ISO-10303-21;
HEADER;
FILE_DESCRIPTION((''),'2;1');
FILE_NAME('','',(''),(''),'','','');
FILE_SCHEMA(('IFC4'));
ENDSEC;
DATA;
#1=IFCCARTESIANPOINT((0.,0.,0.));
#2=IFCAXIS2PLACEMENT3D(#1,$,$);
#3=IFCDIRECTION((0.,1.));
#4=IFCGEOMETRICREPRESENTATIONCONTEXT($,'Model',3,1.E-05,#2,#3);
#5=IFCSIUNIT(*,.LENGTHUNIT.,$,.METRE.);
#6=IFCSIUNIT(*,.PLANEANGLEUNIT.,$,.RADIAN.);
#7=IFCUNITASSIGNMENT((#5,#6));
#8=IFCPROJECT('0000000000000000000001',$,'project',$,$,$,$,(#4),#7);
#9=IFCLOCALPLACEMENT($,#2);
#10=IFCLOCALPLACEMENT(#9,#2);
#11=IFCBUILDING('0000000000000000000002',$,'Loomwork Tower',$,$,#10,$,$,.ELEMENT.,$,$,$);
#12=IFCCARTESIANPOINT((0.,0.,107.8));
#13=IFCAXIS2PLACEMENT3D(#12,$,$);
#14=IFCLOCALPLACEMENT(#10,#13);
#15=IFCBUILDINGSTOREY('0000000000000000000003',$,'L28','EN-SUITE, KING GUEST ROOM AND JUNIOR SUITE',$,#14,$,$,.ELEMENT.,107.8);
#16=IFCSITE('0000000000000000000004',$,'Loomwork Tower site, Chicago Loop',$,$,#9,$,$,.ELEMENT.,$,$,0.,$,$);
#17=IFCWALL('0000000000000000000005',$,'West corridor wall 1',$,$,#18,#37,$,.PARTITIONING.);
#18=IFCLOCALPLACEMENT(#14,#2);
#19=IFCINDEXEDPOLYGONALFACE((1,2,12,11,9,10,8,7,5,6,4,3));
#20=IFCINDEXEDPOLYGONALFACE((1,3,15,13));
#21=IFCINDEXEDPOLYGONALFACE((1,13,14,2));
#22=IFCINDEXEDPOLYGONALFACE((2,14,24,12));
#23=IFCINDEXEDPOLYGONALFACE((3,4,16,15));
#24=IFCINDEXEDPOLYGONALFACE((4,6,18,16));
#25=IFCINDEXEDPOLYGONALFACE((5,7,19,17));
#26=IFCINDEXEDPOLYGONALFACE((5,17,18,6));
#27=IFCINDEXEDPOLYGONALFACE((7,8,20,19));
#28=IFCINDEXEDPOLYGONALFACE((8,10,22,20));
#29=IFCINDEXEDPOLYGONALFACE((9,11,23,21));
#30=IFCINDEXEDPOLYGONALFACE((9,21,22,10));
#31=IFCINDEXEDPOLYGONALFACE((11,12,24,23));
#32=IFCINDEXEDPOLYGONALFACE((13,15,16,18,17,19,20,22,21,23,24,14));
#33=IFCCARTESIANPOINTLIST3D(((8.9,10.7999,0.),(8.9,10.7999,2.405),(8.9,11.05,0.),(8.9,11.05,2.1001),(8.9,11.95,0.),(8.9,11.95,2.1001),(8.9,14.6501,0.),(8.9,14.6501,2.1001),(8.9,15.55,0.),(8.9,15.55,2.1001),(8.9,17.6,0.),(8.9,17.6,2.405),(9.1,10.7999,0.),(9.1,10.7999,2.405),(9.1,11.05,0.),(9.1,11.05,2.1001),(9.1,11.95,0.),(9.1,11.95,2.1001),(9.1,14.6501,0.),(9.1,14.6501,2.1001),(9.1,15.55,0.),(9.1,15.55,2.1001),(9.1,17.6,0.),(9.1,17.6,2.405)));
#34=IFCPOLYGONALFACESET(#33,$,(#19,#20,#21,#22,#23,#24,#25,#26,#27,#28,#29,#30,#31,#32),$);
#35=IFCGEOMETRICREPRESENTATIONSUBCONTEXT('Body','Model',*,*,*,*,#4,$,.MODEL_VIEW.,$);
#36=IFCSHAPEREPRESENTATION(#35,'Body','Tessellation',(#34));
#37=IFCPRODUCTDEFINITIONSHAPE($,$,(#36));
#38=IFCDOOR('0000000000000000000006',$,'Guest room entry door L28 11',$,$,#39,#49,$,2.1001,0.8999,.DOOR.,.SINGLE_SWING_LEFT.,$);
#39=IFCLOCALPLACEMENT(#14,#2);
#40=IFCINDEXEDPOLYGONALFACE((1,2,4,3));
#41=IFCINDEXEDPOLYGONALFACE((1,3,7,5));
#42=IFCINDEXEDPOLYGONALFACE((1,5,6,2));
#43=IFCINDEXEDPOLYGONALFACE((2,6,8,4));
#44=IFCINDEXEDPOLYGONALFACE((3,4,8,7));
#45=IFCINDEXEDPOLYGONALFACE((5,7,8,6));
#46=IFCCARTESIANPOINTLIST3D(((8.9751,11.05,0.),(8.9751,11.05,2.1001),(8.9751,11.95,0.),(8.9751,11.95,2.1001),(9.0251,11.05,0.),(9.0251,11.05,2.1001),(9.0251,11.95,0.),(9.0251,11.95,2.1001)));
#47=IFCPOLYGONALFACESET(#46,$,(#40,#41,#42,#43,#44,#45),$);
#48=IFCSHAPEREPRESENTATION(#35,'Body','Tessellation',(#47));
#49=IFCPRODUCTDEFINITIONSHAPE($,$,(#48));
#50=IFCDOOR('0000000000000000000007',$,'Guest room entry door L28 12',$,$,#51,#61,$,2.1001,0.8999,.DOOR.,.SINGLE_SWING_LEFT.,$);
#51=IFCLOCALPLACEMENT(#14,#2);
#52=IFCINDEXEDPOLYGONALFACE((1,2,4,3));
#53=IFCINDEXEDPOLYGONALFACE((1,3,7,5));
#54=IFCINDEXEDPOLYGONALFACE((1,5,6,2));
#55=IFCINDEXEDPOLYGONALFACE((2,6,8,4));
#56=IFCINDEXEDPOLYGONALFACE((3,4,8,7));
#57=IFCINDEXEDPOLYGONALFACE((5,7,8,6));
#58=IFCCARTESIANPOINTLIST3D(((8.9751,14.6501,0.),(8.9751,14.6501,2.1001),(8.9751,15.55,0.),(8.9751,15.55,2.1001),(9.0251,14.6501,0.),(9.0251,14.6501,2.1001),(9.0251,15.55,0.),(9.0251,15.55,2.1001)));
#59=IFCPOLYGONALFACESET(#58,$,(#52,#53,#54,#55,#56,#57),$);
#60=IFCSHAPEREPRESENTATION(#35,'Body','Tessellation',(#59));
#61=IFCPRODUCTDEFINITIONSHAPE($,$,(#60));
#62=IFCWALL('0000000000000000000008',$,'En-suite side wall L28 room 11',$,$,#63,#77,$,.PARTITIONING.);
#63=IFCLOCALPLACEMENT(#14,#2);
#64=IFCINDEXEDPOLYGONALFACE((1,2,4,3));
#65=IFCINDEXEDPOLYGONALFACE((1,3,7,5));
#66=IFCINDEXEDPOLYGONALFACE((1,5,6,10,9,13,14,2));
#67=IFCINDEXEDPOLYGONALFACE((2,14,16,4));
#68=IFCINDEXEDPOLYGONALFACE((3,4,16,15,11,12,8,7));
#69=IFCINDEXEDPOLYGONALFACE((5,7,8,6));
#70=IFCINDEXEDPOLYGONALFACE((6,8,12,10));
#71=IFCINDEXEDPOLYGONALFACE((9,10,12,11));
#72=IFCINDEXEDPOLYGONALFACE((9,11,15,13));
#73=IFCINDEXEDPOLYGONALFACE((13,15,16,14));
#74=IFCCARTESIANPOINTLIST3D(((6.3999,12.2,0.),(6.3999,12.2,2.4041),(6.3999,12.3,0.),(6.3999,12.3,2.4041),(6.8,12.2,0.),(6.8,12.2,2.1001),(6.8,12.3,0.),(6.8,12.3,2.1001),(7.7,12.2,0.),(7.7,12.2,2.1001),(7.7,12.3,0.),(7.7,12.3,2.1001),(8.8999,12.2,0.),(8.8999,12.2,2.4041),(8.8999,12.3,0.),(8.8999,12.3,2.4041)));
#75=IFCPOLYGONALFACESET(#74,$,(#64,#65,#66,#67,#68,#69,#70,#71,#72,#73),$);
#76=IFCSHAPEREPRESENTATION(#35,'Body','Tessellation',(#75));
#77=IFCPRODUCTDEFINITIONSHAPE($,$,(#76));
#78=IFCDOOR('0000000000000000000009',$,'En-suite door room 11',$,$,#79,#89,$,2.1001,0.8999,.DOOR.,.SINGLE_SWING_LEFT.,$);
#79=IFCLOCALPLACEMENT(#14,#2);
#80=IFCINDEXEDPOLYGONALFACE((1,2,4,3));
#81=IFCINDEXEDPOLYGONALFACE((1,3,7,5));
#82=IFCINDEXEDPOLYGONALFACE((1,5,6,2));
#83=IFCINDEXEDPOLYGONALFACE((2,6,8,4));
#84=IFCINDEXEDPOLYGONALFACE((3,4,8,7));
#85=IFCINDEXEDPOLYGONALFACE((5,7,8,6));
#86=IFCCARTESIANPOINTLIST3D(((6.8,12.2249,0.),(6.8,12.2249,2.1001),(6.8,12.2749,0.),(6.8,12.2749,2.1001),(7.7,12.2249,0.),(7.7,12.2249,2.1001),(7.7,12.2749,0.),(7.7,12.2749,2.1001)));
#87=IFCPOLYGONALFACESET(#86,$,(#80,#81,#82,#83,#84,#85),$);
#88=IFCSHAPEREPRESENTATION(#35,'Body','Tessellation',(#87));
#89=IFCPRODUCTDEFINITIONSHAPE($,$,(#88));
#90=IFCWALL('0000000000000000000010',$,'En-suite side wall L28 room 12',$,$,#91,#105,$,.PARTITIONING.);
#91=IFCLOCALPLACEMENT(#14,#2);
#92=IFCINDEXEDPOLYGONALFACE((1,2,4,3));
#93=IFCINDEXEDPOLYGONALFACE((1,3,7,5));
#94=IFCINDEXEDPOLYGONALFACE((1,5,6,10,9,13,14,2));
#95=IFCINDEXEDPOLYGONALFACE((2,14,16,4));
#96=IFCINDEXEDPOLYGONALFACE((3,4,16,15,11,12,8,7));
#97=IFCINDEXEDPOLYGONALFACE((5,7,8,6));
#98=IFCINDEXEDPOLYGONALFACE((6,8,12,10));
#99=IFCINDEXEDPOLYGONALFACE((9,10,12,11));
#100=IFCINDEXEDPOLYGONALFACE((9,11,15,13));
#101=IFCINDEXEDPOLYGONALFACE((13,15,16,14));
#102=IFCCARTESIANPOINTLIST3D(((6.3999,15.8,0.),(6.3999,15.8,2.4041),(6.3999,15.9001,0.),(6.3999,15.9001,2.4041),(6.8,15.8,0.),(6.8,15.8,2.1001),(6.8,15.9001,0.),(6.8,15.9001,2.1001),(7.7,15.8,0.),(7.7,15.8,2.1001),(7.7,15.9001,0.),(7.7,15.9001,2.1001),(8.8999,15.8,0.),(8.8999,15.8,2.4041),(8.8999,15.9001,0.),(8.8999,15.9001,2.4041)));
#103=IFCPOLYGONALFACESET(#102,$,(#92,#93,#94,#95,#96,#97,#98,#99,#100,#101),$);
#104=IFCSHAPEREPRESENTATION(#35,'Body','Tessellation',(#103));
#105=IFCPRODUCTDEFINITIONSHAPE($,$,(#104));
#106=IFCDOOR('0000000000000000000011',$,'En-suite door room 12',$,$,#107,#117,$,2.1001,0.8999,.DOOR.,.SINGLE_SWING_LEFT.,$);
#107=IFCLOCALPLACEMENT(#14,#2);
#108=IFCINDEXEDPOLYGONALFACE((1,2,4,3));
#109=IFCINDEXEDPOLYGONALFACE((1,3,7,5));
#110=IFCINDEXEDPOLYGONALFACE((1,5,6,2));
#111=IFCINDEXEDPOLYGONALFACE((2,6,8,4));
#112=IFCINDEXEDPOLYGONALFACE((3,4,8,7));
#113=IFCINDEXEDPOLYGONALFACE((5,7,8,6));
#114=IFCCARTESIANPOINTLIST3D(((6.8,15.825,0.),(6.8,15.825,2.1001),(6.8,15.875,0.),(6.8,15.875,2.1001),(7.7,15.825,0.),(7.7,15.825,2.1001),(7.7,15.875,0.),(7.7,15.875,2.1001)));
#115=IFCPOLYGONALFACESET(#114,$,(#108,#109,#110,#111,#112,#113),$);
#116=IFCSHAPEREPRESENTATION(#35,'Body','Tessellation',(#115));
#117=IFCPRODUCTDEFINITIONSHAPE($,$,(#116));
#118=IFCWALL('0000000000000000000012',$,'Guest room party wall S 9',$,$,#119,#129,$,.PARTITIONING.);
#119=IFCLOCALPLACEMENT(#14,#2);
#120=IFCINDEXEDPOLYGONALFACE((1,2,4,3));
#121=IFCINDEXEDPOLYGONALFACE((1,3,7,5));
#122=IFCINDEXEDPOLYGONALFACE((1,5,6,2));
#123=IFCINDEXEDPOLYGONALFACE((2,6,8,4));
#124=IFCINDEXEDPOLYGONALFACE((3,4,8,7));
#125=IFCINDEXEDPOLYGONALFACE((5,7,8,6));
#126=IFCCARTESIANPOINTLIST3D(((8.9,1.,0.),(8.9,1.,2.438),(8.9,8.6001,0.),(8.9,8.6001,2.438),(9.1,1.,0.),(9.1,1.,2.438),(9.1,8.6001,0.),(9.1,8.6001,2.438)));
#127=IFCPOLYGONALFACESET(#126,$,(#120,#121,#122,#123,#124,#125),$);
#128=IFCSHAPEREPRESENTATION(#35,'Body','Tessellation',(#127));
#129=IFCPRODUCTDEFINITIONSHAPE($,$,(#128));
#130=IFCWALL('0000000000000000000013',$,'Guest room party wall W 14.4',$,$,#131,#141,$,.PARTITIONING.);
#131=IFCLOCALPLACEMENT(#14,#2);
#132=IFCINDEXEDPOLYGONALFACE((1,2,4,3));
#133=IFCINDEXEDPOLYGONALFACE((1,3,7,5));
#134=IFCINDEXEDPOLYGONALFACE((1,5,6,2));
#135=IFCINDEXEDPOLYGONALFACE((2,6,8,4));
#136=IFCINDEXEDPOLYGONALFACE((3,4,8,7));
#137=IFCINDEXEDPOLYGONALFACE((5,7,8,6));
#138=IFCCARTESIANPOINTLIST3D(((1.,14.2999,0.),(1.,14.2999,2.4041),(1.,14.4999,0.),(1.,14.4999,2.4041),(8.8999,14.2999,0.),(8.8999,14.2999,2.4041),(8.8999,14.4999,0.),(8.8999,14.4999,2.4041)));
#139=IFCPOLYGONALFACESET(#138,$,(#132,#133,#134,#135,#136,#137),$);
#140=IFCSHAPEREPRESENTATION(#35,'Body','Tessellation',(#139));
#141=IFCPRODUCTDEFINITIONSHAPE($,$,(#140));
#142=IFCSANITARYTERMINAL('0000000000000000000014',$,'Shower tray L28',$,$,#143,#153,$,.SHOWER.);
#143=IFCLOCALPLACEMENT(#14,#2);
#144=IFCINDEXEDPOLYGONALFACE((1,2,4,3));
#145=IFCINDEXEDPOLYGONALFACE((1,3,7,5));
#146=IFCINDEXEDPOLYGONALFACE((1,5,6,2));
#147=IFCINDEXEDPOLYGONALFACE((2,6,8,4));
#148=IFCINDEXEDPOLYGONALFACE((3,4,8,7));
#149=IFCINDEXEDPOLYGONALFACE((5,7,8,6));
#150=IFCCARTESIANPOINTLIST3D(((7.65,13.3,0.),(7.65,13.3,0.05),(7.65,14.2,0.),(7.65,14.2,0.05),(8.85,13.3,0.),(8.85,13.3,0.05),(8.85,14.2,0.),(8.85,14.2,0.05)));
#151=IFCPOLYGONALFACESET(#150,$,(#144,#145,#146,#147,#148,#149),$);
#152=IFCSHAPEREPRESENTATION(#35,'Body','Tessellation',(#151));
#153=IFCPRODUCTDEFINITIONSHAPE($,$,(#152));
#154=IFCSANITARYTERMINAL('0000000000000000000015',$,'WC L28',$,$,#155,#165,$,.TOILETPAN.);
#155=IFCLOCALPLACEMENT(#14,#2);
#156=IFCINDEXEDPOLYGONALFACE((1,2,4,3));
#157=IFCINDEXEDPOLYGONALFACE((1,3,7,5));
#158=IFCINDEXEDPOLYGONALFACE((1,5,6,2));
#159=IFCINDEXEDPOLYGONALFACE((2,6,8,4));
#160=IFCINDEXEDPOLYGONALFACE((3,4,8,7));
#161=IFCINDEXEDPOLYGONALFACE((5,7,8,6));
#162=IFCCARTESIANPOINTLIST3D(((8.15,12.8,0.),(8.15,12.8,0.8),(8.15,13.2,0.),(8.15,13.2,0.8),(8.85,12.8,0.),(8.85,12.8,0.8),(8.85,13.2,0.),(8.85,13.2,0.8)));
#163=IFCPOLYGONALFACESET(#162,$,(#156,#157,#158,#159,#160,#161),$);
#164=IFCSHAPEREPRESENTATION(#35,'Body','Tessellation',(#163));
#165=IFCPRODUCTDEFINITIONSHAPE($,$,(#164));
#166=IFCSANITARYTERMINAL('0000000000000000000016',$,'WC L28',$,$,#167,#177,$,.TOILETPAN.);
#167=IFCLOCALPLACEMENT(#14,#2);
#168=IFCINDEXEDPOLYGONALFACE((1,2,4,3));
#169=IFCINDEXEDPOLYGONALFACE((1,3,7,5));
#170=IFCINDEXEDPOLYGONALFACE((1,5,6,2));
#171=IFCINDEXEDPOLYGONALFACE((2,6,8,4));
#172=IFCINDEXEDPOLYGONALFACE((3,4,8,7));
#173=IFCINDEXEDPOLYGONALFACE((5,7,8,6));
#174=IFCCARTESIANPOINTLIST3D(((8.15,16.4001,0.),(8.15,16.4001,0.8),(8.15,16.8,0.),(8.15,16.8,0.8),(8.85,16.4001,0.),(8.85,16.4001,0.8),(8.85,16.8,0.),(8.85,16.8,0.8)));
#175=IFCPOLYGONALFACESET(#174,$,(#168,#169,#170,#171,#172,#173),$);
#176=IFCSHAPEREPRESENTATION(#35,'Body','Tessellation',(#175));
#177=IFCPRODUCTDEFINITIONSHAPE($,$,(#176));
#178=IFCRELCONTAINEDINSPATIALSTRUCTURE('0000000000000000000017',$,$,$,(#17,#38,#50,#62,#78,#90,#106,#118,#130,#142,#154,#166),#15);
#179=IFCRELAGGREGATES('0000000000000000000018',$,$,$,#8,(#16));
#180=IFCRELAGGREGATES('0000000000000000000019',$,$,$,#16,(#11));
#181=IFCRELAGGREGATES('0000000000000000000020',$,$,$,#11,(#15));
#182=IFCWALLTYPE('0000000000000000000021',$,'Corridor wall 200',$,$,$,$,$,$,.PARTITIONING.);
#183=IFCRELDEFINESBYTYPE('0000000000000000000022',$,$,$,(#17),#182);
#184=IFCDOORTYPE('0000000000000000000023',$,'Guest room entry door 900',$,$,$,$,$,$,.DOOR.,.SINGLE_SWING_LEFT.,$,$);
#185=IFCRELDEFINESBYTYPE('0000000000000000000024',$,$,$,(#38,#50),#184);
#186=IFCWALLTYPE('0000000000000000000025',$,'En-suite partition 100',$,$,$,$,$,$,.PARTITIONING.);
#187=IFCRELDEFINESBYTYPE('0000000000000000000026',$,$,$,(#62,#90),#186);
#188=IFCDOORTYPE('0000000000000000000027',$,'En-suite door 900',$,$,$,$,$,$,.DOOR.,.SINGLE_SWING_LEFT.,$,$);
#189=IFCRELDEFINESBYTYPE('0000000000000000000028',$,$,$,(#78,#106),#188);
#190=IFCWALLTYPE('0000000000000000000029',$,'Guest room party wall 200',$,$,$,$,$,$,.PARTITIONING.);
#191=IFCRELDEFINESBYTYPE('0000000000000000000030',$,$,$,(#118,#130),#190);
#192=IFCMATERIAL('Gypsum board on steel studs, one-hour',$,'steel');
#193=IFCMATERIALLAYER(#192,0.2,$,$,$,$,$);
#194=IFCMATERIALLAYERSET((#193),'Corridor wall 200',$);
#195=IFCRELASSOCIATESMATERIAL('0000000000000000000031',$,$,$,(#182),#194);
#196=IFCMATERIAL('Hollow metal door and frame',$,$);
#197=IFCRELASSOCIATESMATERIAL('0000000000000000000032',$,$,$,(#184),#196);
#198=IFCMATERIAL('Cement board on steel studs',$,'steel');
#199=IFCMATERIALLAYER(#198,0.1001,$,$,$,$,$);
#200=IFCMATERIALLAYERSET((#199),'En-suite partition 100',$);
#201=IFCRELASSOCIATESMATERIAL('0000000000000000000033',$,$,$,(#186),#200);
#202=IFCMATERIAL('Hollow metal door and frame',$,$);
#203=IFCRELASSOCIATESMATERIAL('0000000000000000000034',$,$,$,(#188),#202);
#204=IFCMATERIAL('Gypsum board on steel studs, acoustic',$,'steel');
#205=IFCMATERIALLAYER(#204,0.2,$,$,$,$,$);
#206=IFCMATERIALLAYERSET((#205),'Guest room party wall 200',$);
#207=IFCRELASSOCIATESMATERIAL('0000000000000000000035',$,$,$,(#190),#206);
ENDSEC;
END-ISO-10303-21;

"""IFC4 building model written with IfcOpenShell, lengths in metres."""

from ifc_helpers import new_model, si_unit, direction, frame, frame_2d, origin, origin_2d, place, context, subcontext, project, spatial, rectangle, extrude, material, layer, layer_set, type_object, element, fill, save


model = new_model("IFC4")

# Units and contexts
model_context = context("Model", 3, precision=1e-05, world=origin(), true_north=direction((0.0, 1.0)))
body_context = subcontext(model_context, "Body", "Model", "MODEL_VIEW")
ifc_project = project(units=[si_unit("LENGTHUNIT", "METRE"), si_unit("PLANEANGLEUNIT", "RADIAN")], contexts=[model_context])

# Site, building, storey
site_placement = place(None, origin())
site = spatial("IfcSite", under=ifc_project, at=site_placement, Name="Loomwork Tower site, Chicago Loop", CompositionType="ELEMENT", RefElevation=0.0)
building_placement = place(site_placement, origin())
building = spatial("IfcBuilding", under=site, at=building_placement, Name="Loomwork Tower", CompositionType="ELEMENT")
storey_placement = place(building_placement, frame((0.0, 0.0, 107.8)))
storey = spatial("IfcBuildingStorey", under=building, at=storey_placement, Name="L28", Description="EN-SUITE, KING GUEST ROOM AND JUNIOR SUITE", CompositionType="ELEMENT", Elevation=107.8)

# Shared definitions
ifc_material_1 = material(Name="Gypsum board on steel studs, one-hour", Category="steel")
ifc_layer_1 = layer(ifc_material_1, 0.2)
ifc_layer_set_1 = layer_set([ifc_layer_1], Name="Corridor wall 200")
wall_type_1 = type_object("IfcWallType", Name="Corridor wall 200", PredefinedType="PARTITIONING", material=ifc_layer_set_1)
ifc_material_2 = material(Name="Hollow metal door and frame")
door_type_1 = type_object("IfcDoorType", Name="Guest room entry door 900", OperationType="SINGLE_SWING_LEFT", PredefinedType="DOOR", material=ifc_material_2)

# Wall, openings, doors
wall_1_placement = place(storey_placement, frame((9.0, 10.8, 0.0), z_axis=(0.0, 0.0, 1.0), x_axis=(0.0, 1.0, 0.0)))
wall_1 = element("IfcWall", 1, at=wall_1_placement, inside=storey, type_object=wall_type_1, Name="West corridor wall 1", PredefinedType="PARTITIONING", context=body_context, shape_type="SweptSolid", body=[
    extrude(rectangle(XDim=6.8, YDim=0.2, at=frame_2d((3.3999, 0.0))), origin(), (0.0, 0.0, 1.0), 2.405),
])
opening_1_placement = place(wall_1_placement, frame((0.25, 0.0, 0.0)))
opening_1 = element("IfcOpeningElement", 2, at=opening_1_placement, cuts=wall_1, PredefinedType="OPENING", context=body_context, shape_type="SweptSolid", body=[
    extrude(rectangle(XDim=0.8999, YDim=2.1001, at=frame_2d((0.45, 1.05))), frame((0.0, 0.1099, 0.0), z_axis=(0.0, -1.0, 0.0), x_axis=(1.0, 0.0, 0.0)), (0.0, 0.0, 1.0), 0.22),
])
opening_2_placement = place(wall_1_placement, frame((3.8501, 0.0, 0.0)))
opening_2 = element("IfcOpeningElement", 3, at=opening_2_placement, cuts=wall_1, PredefinedType="OPENING", context=body_context, shape_type="SweptSolid", body=[
    extrude(rectangle(XDim=0.8999, YDim=2.1001, at=frame_2d((0.45, 1.05))), frame((0.0, 0.1099, 0.0), z_axis=(0.0, -1.0, 0.0), x_axis=(1.0, 0.0, 0.0)), (0.0, 0.0, 1.0), 0.22),
])
door_1_placement = place(opening_1_placement, origin())
door_1 = element("IfcDoor", 4, at=door_1_placement, inside=storey, type_object=door_type_1, Name="Guest room entry door L28 11", OperationType="SINGLE_SWING_LEFT", OverallHeight=2.1001, OverallWidth=0.8999, PredefinedType="DOOR", context=body_context, shape_type="SweptSolid", body=[
    extrude(rectangle(XDim=0.8999, YDim=2.1001, at=frame_2d((0.45, 1.05))), frame((0.0, 0.0249, 0.0), z_axis=(0.0, -1.0, 0.0), x_axis=(1.0, 0.0, 0.0)), (0.0, 0.0, 1.0), 0.05),
])
fill(opening_1, door_1)
door_2_placement = place(opening_2_placement, origin())
door_2 = element("IfcDoor", 5, at=door_2_placement, inside=storey, type_object=door_type_1, Name="Guest room entry door L28 12", OperationType="SINGLE_SWING_LEFT", OverallHeight=2.1001, OverallWidth=0.8999, PredefinedType="DOOR", context=body_context, shape_type="SweptSolid", body=[
    extrude(rectangle(XDim=0.8999, YDim=2.1001, at=frame_2d((0.45, 1.05))), frame((0.0, 0.0249, 0.0), z_axis=(0.0, -1.0, 0.0), x_axis=(1.0, 0.0, 0.0)), (0.0, 0.0, 1.0), 0.05),
])
fill(opening_2, door_2)

# Walls, openings, doors
ifc_material_3 = material(Name="Cement board on steel studs", Category="steel")
ifc_layer_2 = layer(ifc_material_3, 0.1001)
ifc_layer_set_2 = layer_set([ifc_layer_2], Name="En-suite partition 100")
wall_type_2 = type_object("IfcWallType", Name="En-suite partition 100", PredefinedType="PARTITIONING", material=ifc_layer_set_2)
wall_2_placement = place(storey_placement, frame((8.8999, 12.25, 0.0), z_axis=(0.0, 0.0, 1.0), x_axis=(-1.0, 0.0, 0.0)))
wall_2 = element("IfcWall", 6, at=wall_2_placement, inside=storey, type_object=wall_type_2, Name="En-suite side wall L28 room 11", PredefinedType="PARTITIONING", context=body_context, shape_type="SweptSolid", body=[
    extrude(rectangle(XDim=2.5, YDim=0.1001, at=frame_2d((1.25, 0.0))), origin(), (0.0, 0.0, 1.0), 2.4041),
])
opening_3_placement = place(wall_2_placement, frame((1.2, 0.0, 0.0)))
opening_3 = element("IfcOpeningElement", 7, at=opening_3_placement, cuts=wall_2, PredefinedType="OPENING", context=body_context, shape_type="SweptSolid", body=[
    extrude(rectangle(XDim=0.8999, YDim=2.1001, at=frame_2d((0.45, 1.05))), frame((0.0, 0.0601, 0.0), z_axis=(0.0, -1.0, 0.0), x_axis=(1.0, 0.0, 0.0)), (0.0, 0.0, 1.0), 0.1201),
])
ifc_material_4 = material(Name="Hollow metal door and frame")
door_type_2 = type_object("IfcDoorType", Name="En-suite door 900", OperationType="SINGLE_SWING_LEFT", PredefinedType="DOOR", material=ifc_material_4)
door_3_placement = place(opening_3_placement, frame((0.8999, 0.0, 0.0), z_axis=(0.0, 0.0, 1.0), x_axis=(-1.0, 0.0, 0.0)))
door_3 = element("IfcDoor", 8, at=door_3_placement, inside=storey, type_object=door_type_2, Name="En-suite door room 11", OperationType="SINGLE_SWING_LEFT", OverallHeight=2.1001, OverallWidth=0.8999, PredefinedType="DOOR", context=body_context, shape_type="SweptSolid", body=[
    extrude(rectangle(XDim=0.8999, YDim=2.1001, at=frame_2d((0.45, 1.05))), frame((0.0, 0.0249, 0.0), z_axis=(0.0, -1.0, 0.0), x_axis=(1.0, 0.0, 0.0)), (0.0, 0.0, 1.0), 0.05),
])
fill(opening_3, door_3)
wall_3_placement = place(storey_placement, frame((8.8999, 15.8501, 0.0), z_axis=(0.0, 0.0, 1.0), x_axis=(-1.0, 0.0, 0.0)))
wall_3 = element("IfcWall", 9, at=wall_3_placement, inside=storey, type_object=wall_type_2, Name="En-suite side wall L28 room 12", PredefinedType="PARTITIONING", context=body_context, shape_type="SweptSolid", body=[
    extrude(rectangle(XDim=2.5, YDim=0.1001, at=frame_2d((1.25, 0.0))), origin(), (0.0, 0.0, 1.0), 2.4041),
])
opening_4_placement = place(wall_3_placement, frame((1.2, 0.0, 0.0)))
opening_4 = element("IfcOpeningElement", 10, at=opening_4_placement, cuts=wall_3, PredefinedType="OPENING", context=body_context, shape_type="SweptSolid", body=[
    extrude(rectangle(XDim=0.8999, YDim=2.1001, at=frame_2d((0.45, 1.05))), frame((0.0, 0.0601, 0.0), z_axis=(0.0, -1.0, 0.0), x_axis=(1.0, 0.0, 0.0)), (0.0, 0.0, 1.0), 0.1201),
])
door_4_placement = place(opening_4_placement, frame((0.8999, 0.0, 0.0), z_axis=(0.0, 0.0, 1.0), x_axis=(-1.0, 0.0, 0.0)))
door_4 = element("IfcDoor", 11, at=door_4_placement, inside=storey, type_object=door_type_2, Name="En-suite door room 12", OperationType="SINGLE_SWING_LEFT", OverallHeight=2.1001, OverallWidth=0.8999, PredefinedType="DOOR", context=body_context, shape_type="SweptSolid", body=[
    extrude(rectangle(XDim=0.8999, YDim=2.1001, at=frame_2d((0.45, 1.05))), frame((0.0, 0.0249, 0.0), z_axis=(0.0, -1.0, 0.0), x_axis=(1.0, 0.0, 0.0)), (0.0, 0.0, 1.0), 0.05),
])
fill(opening_4, door_4)

# Walls
ifc_material_5 = material(Name="Gypsum board on steel studs, acoustic", Category="steel")
ifc_layer_3 = layer(ifc_material_5, 0.2)
ifc_layer_set_3 = layer_set([ifc_layer_3], Name="Guest room party wall 200")
wall_type_3 = type_object("IfcWallType", Name="Guest room party wall 200", PredefinedType="PARTITIONING", material=ifc_layer_set_3)
wall_4_placement = place(storey_placement, frame((9.0, 8.6001, 0.0), z_axis=(0.0, 0.0, 1.0), x_axis=(0.0, -1.0, 0.0)))
element("IfcWall", 12, at=wall_4_placement, inside=storey, type_object=wall_type_3, Name="Guest room party wall S 9", PredefinedType="PARTITIONING", context=body_context, shape_type="SweptSolid", body=[
    extrude(rectangle(XDim=7.6001, YDim=0.2, at=frame_2d((3.8, 0.0))), origin(), (0.0, 0.0, 1.0), 2.438),
])
wall_5_placement = place(storey_placement, frame((8.8999, 14.3999, 0.0), z_axis=(0.0, 0.0, 1.0), x_axis=(-1.0, 0.0, 0.0)))
element("IfcWall", 13, at=wall_5_placement, inside=storey, type_object=wall_type_3, Name="Guest room party wall W 14.4", PredefinedType="PARTITIONING", context=body_context, shape_type="SweptSolid", body=[
    extrude(rectangle(XDim=7.8999, YDim=0.2, at=frame_2d((3.95, 0.0))), origin(), (0.0, 0.0, 1.0), 2.4041),
])

# Sanitary terminals
sanitary_terminal_placement = place(storey_placement, frame((8.25, 13.75, 0.0), z_axis=(0.0, 0.0, 1.0), x_axis=(1.0, 0.0, 0.0)))
element("IfcSanitaryTerminal", 14, at=sanitary_terminal_placement, inside=storey, Name="Shower tray L28", PredefinedType="SHOWER", context=body_context, shape_type="SweptSolid", body=[
    extrude(rectangle(XDim=1.2, YDim=0.8999, at=origin_2d()), origin(), (0.0, 0.0, 1.0), 0.05),
])
for number, where, z_axis, x_axis, name in (
    (15, (8.5, 13.0, 0.0), (0.0, 0.0, 1.0), (1.0, 0.0, 0.0), "WC L28"),
    (16, (8.5, 16.6001, 0.0), (0.0, 0.0, 1.0), (1.0, 0.0, 0.0), "WC L28"),
):
    element("IfcSanitaryTerminal", number, at=place(storey_placement, frame(where, z_axis=z_axis, x_axis=x_axis)), inside=storey, Name=name, PredefinedType="TOILETPAN", context=body_context, shape_type="SweptSolid", body=[
        extrude(rectangle(XDim=0.7, YDim=0.3999, at=origin_2d()), origin(), (0.0, 0.0, 1.0), 0.8),
    ])

save(model, "model.ifc")
